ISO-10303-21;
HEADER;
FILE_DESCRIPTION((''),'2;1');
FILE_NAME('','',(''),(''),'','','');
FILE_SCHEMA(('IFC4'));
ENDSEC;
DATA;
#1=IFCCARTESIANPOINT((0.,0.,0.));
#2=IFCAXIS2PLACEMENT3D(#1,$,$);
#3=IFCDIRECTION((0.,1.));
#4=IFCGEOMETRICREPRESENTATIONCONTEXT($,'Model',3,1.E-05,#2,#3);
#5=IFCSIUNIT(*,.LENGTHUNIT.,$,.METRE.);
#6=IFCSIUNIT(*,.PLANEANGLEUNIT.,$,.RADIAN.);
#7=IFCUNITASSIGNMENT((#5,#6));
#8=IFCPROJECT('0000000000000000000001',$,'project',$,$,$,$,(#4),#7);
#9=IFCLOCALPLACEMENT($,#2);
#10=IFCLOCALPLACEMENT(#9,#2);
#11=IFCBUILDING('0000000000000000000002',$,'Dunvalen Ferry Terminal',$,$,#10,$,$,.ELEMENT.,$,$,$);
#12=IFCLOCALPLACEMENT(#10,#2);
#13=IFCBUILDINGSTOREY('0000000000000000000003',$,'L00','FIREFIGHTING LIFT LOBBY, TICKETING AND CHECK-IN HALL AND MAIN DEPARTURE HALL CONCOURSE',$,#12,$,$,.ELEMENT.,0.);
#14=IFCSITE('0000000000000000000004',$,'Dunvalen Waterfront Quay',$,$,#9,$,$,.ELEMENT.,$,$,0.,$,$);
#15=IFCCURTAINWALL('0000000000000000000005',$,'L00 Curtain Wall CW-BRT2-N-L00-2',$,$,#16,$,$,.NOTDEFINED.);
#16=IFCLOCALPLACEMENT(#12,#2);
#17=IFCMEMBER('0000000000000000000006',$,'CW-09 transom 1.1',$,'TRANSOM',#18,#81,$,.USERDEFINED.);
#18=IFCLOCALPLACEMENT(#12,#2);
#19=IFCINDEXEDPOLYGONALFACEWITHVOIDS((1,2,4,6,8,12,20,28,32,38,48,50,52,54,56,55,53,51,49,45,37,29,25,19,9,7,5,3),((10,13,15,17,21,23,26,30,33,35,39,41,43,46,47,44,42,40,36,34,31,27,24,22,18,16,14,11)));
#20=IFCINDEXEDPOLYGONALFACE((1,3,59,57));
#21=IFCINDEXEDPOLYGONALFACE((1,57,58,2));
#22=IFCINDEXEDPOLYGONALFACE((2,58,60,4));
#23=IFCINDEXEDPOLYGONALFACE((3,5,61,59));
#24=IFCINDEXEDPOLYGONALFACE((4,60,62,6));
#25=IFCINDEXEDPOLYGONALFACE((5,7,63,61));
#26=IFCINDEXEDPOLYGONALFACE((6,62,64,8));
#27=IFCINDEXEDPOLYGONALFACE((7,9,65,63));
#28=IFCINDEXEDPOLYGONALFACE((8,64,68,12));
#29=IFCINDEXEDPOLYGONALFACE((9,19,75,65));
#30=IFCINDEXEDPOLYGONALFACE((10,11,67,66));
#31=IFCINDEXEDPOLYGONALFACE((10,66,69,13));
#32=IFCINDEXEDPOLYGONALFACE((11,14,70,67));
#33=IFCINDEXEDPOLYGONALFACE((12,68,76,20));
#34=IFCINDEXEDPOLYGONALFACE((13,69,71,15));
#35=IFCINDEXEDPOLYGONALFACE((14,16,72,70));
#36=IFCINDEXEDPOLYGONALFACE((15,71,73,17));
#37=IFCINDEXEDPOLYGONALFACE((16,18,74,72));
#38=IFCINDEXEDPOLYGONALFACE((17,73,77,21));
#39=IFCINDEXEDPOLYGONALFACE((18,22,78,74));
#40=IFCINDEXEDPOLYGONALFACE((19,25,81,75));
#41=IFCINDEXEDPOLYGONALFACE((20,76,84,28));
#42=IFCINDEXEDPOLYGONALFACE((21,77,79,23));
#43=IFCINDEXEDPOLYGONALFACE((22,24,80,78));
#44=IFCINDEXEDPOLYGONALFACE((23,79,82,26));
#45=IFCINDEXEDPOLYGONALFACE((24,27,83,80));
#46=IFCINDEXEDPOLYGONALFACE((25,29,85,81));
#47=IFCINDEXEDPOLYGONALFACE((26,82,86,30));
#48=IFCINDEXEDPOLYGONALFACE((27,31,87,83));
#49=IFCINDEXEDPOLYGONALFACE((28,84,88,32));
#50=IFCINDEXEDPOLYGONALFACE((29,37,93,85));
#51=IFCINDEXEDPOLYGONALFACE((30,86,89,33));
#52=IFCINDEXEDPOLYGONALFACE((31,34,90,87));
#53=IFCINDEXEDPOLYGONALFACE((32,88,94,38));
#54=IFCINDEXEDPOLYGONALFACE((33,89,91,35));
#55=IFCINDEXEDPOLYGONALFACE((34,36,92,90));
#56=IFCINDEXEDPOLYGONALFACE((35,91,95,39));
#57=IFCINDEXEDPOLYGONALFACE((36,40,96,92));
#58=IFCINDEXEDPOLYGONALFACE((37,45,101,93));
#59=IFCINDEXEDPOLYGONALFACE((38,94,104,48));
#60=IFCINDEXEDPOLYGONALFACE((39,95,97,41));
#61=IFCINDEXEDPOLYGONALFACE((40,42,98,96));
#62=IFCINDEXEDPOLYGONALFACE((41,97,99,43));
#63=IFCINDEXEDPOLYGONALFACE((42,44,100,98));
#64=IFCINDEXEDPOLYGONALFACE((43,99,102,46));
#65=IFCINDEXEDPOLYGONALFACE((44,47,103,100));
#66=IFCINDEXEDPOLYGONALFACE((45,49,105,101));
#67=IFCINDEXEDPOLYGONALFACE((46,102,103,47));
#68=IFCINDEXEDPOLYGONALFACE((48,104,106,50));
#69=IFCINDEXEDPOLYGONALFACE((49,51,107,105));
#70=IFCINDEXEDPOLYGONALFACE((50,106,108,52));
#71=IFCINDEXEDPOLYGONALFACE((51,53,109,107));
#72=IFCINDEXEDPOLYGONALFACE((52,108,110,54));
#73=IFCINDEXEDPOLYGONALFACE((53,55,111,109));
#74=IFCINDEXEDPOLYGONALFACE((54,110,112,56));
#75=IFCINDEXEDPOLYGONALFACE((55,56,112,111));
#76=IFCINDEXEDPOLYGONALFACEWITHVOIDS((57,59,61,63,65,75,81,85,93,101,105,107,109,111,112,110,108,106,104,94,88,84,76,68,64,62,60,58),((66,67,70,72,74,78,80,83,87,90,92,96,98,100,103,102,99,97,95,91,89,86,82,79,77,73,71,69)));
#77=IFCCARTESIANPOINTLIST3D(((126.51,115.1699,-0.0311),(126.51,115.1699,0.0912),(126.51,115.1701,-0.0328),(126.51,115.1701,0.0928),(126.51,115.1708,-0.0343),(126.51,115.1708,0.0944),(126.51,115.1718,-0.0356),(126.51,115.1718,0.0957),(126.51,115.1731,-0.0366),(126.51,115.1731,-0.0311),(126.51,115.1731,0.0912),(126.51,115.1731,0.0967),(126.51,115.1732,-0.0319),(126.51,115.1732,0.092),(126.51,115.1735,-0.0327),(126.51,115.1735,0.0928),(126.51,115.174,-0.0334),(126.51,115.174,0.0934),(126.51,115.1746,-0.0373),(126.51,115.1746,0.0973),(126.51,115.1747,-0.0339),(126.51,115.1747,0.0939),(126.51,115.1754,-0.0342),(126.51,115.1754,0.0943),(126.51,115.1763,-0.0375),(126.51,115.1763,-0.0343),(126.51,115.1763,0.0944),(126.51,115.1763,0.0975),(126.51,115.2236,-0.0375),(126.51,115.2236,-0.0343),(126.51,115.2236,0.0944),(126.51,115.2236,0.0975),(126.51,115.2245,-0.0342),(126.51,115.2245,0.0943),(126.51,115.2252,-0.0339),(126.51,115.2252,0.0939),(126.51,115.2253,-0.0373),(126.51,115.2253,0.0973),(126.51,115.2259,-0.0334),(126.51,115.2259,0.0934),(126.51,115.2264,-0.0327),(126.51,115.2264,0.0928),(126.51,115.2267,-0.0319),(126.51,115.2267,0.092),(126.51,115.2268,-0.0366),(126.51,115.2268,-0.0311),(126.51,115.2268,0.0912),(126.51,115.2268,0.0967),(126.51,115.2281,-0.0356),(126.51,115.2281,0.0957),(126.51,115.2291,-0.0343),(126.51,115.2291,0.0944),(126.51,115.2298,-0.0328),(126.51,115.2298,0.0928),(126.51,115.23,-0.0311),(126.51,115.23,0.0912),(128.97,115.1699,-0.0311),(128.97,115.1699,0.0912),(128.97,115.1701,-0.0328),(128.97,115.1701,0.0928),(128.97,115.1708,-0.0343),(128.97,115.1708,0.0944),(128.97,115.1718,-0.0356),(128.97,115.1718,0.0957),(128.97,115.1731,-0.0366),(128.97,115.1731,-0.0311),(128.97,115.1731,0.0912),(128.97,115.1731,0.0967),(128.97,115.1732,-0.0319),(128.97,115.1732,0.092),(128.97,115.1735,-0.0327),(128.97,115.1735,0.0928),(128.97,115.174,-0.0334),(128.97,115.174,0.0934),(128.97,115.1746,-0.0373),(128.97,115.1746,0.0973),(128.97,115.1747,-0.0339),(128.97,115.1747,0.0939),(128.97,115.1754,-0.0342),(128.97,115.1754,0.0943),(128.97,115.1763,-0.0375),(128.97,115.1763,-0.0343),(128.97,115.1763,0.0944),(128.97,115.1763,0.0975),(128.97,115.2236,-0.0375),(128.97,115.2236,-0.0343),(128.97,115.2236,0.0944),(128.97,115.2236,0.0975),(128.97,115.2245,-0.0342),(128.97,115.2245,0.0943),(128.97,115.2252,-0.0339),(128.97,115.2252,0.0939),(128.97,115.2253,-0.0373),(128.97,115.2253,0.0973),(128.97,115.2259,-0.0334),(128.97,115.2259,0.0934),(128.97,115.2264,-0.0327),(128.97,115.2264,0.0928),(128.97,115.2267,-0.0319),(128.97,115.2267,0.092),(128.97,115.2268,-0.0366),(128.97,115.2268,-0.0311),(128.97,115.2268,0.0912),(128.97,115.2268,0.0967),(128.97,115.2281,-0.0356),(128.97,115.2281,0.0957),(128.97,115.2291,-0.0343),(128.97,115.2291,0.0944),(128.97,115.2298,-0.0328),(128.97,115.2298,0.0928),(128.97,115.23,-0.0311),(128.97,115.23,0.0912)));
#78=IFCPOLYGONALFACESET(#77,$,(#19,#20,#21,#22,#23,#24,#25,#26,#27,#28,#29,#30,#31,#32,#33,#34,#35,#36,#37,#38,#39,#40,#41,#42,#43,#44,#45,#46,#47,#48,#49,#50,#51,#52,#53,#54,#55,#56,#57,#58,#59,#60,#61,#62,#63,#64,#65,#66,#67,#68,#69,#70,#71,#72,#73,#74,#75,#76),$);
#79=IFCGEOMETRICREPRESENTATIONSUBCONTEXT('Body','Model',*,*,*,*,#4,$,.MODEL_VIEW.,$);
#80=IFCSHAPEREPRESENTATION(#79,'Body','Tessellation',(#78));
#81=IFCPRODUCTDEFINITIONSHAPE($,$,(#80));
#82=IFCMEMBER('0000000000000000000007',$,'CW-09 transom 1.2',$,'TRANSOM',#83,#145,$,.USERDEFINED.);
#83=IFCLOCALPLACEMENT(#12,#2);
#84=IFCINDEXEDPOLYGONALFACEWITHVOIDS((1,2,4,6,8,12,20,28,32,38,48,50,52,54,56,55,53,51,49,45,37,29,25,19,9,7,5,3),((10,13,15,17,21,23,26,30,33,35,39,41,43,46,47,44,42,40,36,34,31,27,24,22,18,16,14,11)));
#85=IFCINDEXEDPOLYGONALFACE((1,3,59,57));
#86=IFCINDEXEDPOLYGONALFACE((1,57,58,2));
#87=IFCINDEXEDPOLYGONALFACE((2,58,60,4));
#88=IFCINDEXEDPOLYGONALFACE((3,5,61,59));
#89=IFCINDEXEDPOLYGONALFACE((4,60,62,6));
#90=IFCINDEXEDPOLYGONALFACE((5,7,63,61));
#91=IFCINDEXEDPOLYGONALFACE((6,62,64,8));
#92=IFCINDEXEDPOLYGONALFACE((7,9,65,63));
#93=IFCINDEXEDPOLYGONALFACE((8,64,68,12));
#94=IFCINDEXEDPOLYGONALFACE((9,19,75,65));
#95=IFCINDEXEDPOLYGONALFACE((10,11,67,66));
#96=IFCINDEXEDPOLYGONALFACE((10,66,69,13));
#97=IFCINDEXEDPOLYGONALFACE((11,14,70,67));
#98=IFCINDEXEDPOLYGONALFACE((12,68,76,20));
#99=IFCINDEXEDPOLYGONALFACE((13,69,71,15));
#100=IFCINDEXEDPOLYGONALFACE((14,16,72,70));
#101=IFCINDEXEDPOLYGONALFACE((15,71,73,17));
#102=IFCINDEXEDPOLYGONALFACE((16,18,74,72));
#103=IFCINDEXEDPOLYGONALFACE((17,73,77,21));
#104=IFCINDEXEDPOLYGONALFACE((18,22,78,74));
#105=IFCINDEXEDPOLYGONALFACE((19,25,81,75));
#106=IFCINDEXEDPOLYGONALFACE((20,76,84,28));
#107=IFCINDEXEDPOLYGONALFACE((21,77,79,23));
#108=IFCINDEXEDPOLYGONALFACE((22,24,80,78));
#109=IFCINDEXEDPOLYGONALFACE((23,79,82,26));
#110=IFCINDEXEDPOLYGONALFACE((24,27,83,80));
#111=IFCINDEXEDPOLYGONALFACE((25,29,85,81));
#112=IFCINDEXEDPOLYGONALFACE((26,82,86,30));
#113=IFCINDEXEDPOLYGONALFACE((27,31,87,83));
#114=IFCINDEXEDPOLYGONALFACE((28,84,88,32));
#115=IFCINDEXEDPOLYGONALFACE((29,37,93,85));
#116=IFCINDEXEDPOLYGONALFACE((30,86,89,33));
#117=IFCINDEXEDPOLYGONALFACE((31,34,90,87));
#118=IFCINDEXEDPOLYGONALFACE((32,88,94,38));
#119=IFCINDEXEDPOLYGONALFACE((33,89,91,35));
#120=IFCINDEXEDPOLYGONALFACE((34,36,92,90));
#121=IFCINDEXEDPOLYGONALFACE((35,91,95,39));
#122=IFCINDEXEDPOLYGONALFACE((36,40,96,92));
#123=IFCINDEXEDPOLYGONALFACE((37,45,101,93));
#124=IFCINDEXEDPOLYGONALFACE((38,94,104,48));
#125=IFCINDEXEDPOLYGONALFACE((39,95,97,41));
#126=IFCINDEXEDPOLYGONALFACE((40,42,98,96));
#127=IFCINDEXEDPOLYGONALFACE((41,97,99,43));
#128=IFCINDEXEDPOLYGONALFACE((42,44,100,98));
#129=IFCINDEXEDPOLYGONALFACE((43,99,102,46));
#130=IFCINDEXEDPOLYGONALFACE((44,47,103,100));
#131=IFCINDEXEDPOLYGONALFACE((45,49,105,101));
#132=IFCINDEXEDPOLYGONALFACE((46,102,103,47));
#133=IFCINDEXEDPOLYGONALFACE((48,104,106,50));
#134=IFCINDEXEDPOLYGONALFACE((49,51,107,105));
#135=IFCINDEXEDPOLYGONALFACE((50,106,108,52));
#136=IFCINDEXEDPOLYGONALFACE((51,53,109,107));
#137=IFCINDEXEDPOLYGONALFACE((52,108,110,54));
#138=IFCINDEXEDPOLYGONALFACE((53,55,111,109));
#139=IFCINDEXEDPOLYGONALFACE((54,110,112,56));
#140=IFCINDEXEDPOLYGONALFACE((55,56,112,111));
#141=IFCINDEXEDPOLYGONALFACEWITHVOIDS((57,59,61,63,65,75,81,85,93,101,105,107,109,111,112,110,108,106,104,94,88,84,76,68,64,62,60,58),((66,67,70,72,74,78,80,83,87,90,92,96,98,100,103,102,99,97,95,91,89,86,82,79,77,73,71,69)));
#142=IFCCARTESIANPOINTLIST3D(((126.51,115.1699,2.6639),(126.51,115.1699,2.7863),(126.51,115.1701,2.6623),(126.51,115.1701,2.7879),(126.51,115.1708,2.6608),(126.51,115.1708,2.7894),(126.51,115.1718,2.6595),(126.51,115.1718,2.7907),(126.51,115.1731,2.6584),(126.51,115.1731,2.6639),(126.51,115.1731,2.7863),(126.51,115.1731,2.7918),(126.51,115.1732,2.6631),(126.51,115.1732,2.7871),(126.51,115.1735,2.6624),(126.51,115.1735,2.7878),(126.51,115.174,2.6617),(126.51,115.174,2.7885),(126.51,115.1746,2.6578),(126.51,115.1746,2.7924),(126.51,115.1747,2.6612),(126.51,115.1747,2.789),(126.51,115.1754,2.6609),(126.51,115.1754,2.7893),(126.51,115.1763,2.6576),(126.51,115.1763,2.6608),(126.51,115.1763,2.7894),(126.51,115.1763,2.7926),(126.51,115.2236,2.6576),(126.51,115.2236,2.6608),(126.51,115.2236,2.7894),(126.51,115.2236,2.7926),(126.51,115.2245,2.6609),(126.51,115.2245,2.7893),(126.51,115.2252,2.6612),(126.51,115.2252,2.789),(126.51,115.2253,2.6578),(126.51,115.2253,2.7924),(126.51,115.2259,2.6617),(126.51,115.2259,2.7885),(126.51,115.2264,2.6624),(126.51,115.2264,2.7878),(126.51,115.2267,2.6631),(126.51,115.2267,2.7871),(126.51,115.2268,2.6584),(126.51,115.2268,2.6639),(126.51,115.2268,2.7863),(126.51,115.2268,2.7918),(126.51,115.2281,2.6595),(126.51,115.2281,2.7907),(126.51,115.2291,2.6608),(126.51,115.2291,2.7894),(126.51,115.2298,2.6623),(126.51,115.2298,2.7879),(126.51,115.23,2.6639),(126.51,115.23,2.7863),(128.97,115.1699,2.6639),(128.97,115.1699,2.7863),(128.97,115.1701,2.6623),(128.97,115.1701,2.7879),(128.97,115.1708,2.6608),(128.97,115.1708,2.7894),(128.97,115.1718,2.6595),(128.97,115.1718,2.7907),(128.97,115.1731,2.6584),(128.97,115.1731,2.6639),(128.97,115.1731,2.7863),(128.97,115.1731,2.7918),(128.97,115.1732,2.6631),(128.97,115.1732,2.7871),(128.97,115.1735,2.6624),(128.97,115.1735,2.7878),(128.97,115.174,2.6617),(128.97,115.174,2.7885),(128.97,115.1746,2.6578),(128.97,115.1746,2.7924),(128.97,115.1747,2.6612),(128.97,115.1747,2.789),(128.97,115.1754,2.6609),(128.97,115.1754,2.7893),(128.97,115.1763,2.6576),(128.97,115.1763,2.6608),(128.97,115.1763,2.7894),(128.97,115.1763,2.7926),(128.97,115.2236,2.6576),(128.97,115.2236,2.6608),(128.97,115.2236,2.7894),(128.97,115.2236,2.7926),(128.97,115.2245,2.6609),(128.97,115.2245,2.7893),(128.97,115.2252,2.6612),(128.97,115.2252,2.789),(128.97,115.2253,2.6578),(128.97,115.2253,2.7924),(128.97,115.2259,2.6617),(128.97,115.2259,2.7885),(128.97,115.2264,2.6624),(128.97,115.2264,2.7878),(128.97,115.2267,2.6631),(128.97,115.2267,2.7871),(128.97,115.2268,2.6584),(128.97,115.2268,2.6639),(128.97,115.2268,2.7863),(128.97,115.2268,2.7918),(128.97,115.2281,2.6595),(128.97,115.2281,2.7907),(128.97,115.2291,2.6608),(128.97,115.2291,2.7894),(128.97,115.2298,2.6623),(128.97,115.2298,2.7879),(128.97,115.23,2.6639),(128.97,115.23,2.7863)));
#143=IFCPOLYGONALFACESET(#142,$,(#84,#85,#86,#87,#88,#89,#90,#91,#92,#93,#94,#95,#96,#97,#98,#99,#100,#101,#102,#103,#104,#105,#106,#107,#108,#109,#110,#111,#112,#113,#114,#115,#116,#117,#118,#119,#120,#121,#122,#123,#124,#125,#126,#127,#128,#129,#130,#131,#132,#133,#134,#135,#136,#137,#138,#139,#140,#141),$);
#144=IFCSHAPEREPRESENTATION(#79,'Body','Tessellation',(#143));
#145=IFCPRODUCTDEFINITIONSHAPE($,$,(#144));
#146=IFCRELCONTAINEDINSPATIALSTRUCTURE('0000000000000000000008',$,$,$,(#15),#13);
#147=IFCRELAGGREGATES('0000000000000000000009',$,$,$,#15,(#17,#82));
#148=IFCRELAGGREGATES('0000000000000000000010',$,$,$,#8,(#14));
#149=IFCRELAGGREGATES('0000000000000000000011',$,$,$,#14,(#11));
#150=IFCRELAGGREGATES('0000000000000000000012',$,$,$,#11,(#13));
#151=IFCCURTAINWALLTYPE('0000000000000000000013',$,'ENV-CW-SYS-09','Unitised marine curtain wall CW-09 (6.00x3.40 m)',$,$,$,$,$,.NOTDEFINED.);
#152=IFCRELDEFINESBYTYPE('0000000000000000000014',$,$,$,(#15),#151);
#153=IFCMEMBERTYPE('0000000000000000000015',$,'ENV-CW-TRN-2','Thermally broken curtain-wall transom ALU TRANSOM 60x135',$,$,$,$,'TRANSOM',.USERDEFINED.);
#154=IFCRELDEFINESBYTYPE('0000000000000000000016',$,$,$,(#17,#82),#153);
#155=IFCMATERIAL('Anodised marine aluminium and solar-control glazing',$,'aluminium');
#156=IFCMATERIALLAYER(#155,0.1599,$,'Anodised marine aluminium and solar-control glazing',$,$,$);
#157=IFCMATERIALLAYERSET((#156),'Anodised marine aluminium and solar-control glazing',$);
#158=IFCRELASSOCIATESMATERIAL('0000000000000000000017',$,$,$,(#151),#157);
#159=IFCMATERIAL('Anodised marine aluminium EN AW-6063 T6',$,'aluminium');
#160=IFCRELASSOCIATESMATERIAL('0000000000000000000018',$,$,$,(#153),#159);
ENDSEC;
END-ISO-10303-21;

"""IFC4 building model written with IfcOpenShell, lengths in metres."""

from ifc_helpers import new_model, si_unit, direction, frame, origin, origin_2d, place, context, subcontext, project, spatial, hollow_rectangle, extrude, material, layer, layer_set, material_profile, profile_set, type_object, element, aggregate, save


model = new_model("IFC4")

# Units and contexts
model_context = context("Model", 3, precision=1e-05, world=origin(), true_north=direction((0.0, 1.0)))
body_context = subcontext(model_context, "Body", "Model", "MODEL_VIEW")
ifc_project = project(units=[si_unit("LENGTHUNIT", "METRE"), si_unit("PLANEANGLEUNIT", "RADIAN")], contexts=[model_context])

# Site, building, storey
site_placement = place(None, origin())
site = spatial("IfcSite", under=ifc_project, at=site_placement, Name="Dunvalen Waterfront Quay", CompositionType="ELEMENT", RefElevation=0.0)
building_placement = place(site_placement, origin())
building = spatial("IfcBuilding", under=site, at=building_placement, Name="Dunvalen Ferry Terminal", CompositionType="ELEMENT")
storey_placement = place(building_placement, origin())
storey = spatial("IfcBuildingStorey", under=building, at=storey_placement, Name="L00", Description="FIREFIGHTING LIFT LOBBY, TICKETING AND CHECK-IN HALL AND MAIN DEPARTURE HALL CONCOURSE", CompositionType="ELEMENT", Elevation=0.0)

# Shared definitions
ifc_material_1 = material(Name="Anodised marine aluminium and solar-control glazing", Category="aluminium")
ifc_layer_1 = layer(ifc_material_1, 0.1599, Name="Anodised marine aluminium and solar-control glazing")
ifc_layer_set_1 = layer_set([ifc_layer_1], Name="Anodised marine aluminium and solar-control glazing")
curtain_wall_type = type_object("IfcCurtainWallType", Name="ENV-CW-SYS-09", Description="Unitised marine curtain wall CW-09 (6.00x3.40 m)", PredefinedType="NOTDEFINED", material=ifc_layer_set_1)
ifc_material_2 = material(Name="Anodised marine aluminium EN AW-6063 T6", Category="aluminium")

# Curtain wall, members
curtain_wall_1_placement = place(storey_placement, origin())
curtain_wall_1 = element("IfcCurtainWall", 1, at=curtain_wall_1_placement, inside=storey, type_object=curtain_wall_type, Name="L00 Curtain Wall CW-BRT2-N-L00-2", PredefinedType="NOTDEFINED")
ifc_material_profile_1 = material_profile(ifc_material_2, hollow_rectangle(XDim=0.0601, YDim=0.135, WallThickness=0.0032, InnerFilletRadius=0.0032, OuterFilletRadius=0.0063, at=origin_2d()), Name="Anodised marine aluminium EN AW-6063 T6")
ifc_profile_set_1 = profile_set([ifc_material_profile_1], Name="Anodised marine aluminium EN AW-6063 T6")
member_type_1 = type_object("IfcMemberType", Name="ENV-CW-TRN-2", Description="Thermally broken curtain-wall transom ALU TRANSOM 60x135", ElementType="TRANSOM", PredefinedType="USERDEFINED", material=ifc_profile_set_1)
member_1_placement = place(storey_placement, frame((126.51, 115.2, 0.03), z_axis=(1.0, 0.0, 0.0), x_axis=(0.0, 1.0, 0.0)))
member_1 = element("IfcMember", 2, at=member_1_placement, type_object=member_type_1, Name="CW-09 transom 1.1", ObjectType="TRANSOM", PredefinedType="USERDEFINED", context=body_context, shape_type="SweptSolid", body=[
    extrude(hollow_rectangle(XDim=0.0601, YDim=0.135, WallThickness=0.0032, InnerFilletRadius=0.0032, OuterFilletRadius=0.0063, at=origin_2d()), origin(), (0.0, 0.0, 1.0), 2.46),
])
member_2_placement = place(storey_placement, frame((126.51, 115.2, 2.7251), z_axis=(1.0, 0.0, 0.0), x_axis=(0.0, 1.0, 0.0)))
member_2 = element("IfcMember", 3, at=member_2_placement, type_object=member_type_1, Name="CW-09 transom 1.2", ObjectType="TRANSOM", PredefinedType="USERDEFINED", context=body_context, shape_type="SweptSolid", body=[
    extrude(hollow_rectangle(XDim=0.0601, YDim=0.135, WallThickness=0.0032, InnerFilletRadius=0.0032, OuterFilletRadius=0.0063, at=origin_2d()), origin(), (0.0, 0.0, 1.0), 2.46),
])

aggregate(curtain_wall_1, [member_1, member_2])

save(model, "model.ifc")
